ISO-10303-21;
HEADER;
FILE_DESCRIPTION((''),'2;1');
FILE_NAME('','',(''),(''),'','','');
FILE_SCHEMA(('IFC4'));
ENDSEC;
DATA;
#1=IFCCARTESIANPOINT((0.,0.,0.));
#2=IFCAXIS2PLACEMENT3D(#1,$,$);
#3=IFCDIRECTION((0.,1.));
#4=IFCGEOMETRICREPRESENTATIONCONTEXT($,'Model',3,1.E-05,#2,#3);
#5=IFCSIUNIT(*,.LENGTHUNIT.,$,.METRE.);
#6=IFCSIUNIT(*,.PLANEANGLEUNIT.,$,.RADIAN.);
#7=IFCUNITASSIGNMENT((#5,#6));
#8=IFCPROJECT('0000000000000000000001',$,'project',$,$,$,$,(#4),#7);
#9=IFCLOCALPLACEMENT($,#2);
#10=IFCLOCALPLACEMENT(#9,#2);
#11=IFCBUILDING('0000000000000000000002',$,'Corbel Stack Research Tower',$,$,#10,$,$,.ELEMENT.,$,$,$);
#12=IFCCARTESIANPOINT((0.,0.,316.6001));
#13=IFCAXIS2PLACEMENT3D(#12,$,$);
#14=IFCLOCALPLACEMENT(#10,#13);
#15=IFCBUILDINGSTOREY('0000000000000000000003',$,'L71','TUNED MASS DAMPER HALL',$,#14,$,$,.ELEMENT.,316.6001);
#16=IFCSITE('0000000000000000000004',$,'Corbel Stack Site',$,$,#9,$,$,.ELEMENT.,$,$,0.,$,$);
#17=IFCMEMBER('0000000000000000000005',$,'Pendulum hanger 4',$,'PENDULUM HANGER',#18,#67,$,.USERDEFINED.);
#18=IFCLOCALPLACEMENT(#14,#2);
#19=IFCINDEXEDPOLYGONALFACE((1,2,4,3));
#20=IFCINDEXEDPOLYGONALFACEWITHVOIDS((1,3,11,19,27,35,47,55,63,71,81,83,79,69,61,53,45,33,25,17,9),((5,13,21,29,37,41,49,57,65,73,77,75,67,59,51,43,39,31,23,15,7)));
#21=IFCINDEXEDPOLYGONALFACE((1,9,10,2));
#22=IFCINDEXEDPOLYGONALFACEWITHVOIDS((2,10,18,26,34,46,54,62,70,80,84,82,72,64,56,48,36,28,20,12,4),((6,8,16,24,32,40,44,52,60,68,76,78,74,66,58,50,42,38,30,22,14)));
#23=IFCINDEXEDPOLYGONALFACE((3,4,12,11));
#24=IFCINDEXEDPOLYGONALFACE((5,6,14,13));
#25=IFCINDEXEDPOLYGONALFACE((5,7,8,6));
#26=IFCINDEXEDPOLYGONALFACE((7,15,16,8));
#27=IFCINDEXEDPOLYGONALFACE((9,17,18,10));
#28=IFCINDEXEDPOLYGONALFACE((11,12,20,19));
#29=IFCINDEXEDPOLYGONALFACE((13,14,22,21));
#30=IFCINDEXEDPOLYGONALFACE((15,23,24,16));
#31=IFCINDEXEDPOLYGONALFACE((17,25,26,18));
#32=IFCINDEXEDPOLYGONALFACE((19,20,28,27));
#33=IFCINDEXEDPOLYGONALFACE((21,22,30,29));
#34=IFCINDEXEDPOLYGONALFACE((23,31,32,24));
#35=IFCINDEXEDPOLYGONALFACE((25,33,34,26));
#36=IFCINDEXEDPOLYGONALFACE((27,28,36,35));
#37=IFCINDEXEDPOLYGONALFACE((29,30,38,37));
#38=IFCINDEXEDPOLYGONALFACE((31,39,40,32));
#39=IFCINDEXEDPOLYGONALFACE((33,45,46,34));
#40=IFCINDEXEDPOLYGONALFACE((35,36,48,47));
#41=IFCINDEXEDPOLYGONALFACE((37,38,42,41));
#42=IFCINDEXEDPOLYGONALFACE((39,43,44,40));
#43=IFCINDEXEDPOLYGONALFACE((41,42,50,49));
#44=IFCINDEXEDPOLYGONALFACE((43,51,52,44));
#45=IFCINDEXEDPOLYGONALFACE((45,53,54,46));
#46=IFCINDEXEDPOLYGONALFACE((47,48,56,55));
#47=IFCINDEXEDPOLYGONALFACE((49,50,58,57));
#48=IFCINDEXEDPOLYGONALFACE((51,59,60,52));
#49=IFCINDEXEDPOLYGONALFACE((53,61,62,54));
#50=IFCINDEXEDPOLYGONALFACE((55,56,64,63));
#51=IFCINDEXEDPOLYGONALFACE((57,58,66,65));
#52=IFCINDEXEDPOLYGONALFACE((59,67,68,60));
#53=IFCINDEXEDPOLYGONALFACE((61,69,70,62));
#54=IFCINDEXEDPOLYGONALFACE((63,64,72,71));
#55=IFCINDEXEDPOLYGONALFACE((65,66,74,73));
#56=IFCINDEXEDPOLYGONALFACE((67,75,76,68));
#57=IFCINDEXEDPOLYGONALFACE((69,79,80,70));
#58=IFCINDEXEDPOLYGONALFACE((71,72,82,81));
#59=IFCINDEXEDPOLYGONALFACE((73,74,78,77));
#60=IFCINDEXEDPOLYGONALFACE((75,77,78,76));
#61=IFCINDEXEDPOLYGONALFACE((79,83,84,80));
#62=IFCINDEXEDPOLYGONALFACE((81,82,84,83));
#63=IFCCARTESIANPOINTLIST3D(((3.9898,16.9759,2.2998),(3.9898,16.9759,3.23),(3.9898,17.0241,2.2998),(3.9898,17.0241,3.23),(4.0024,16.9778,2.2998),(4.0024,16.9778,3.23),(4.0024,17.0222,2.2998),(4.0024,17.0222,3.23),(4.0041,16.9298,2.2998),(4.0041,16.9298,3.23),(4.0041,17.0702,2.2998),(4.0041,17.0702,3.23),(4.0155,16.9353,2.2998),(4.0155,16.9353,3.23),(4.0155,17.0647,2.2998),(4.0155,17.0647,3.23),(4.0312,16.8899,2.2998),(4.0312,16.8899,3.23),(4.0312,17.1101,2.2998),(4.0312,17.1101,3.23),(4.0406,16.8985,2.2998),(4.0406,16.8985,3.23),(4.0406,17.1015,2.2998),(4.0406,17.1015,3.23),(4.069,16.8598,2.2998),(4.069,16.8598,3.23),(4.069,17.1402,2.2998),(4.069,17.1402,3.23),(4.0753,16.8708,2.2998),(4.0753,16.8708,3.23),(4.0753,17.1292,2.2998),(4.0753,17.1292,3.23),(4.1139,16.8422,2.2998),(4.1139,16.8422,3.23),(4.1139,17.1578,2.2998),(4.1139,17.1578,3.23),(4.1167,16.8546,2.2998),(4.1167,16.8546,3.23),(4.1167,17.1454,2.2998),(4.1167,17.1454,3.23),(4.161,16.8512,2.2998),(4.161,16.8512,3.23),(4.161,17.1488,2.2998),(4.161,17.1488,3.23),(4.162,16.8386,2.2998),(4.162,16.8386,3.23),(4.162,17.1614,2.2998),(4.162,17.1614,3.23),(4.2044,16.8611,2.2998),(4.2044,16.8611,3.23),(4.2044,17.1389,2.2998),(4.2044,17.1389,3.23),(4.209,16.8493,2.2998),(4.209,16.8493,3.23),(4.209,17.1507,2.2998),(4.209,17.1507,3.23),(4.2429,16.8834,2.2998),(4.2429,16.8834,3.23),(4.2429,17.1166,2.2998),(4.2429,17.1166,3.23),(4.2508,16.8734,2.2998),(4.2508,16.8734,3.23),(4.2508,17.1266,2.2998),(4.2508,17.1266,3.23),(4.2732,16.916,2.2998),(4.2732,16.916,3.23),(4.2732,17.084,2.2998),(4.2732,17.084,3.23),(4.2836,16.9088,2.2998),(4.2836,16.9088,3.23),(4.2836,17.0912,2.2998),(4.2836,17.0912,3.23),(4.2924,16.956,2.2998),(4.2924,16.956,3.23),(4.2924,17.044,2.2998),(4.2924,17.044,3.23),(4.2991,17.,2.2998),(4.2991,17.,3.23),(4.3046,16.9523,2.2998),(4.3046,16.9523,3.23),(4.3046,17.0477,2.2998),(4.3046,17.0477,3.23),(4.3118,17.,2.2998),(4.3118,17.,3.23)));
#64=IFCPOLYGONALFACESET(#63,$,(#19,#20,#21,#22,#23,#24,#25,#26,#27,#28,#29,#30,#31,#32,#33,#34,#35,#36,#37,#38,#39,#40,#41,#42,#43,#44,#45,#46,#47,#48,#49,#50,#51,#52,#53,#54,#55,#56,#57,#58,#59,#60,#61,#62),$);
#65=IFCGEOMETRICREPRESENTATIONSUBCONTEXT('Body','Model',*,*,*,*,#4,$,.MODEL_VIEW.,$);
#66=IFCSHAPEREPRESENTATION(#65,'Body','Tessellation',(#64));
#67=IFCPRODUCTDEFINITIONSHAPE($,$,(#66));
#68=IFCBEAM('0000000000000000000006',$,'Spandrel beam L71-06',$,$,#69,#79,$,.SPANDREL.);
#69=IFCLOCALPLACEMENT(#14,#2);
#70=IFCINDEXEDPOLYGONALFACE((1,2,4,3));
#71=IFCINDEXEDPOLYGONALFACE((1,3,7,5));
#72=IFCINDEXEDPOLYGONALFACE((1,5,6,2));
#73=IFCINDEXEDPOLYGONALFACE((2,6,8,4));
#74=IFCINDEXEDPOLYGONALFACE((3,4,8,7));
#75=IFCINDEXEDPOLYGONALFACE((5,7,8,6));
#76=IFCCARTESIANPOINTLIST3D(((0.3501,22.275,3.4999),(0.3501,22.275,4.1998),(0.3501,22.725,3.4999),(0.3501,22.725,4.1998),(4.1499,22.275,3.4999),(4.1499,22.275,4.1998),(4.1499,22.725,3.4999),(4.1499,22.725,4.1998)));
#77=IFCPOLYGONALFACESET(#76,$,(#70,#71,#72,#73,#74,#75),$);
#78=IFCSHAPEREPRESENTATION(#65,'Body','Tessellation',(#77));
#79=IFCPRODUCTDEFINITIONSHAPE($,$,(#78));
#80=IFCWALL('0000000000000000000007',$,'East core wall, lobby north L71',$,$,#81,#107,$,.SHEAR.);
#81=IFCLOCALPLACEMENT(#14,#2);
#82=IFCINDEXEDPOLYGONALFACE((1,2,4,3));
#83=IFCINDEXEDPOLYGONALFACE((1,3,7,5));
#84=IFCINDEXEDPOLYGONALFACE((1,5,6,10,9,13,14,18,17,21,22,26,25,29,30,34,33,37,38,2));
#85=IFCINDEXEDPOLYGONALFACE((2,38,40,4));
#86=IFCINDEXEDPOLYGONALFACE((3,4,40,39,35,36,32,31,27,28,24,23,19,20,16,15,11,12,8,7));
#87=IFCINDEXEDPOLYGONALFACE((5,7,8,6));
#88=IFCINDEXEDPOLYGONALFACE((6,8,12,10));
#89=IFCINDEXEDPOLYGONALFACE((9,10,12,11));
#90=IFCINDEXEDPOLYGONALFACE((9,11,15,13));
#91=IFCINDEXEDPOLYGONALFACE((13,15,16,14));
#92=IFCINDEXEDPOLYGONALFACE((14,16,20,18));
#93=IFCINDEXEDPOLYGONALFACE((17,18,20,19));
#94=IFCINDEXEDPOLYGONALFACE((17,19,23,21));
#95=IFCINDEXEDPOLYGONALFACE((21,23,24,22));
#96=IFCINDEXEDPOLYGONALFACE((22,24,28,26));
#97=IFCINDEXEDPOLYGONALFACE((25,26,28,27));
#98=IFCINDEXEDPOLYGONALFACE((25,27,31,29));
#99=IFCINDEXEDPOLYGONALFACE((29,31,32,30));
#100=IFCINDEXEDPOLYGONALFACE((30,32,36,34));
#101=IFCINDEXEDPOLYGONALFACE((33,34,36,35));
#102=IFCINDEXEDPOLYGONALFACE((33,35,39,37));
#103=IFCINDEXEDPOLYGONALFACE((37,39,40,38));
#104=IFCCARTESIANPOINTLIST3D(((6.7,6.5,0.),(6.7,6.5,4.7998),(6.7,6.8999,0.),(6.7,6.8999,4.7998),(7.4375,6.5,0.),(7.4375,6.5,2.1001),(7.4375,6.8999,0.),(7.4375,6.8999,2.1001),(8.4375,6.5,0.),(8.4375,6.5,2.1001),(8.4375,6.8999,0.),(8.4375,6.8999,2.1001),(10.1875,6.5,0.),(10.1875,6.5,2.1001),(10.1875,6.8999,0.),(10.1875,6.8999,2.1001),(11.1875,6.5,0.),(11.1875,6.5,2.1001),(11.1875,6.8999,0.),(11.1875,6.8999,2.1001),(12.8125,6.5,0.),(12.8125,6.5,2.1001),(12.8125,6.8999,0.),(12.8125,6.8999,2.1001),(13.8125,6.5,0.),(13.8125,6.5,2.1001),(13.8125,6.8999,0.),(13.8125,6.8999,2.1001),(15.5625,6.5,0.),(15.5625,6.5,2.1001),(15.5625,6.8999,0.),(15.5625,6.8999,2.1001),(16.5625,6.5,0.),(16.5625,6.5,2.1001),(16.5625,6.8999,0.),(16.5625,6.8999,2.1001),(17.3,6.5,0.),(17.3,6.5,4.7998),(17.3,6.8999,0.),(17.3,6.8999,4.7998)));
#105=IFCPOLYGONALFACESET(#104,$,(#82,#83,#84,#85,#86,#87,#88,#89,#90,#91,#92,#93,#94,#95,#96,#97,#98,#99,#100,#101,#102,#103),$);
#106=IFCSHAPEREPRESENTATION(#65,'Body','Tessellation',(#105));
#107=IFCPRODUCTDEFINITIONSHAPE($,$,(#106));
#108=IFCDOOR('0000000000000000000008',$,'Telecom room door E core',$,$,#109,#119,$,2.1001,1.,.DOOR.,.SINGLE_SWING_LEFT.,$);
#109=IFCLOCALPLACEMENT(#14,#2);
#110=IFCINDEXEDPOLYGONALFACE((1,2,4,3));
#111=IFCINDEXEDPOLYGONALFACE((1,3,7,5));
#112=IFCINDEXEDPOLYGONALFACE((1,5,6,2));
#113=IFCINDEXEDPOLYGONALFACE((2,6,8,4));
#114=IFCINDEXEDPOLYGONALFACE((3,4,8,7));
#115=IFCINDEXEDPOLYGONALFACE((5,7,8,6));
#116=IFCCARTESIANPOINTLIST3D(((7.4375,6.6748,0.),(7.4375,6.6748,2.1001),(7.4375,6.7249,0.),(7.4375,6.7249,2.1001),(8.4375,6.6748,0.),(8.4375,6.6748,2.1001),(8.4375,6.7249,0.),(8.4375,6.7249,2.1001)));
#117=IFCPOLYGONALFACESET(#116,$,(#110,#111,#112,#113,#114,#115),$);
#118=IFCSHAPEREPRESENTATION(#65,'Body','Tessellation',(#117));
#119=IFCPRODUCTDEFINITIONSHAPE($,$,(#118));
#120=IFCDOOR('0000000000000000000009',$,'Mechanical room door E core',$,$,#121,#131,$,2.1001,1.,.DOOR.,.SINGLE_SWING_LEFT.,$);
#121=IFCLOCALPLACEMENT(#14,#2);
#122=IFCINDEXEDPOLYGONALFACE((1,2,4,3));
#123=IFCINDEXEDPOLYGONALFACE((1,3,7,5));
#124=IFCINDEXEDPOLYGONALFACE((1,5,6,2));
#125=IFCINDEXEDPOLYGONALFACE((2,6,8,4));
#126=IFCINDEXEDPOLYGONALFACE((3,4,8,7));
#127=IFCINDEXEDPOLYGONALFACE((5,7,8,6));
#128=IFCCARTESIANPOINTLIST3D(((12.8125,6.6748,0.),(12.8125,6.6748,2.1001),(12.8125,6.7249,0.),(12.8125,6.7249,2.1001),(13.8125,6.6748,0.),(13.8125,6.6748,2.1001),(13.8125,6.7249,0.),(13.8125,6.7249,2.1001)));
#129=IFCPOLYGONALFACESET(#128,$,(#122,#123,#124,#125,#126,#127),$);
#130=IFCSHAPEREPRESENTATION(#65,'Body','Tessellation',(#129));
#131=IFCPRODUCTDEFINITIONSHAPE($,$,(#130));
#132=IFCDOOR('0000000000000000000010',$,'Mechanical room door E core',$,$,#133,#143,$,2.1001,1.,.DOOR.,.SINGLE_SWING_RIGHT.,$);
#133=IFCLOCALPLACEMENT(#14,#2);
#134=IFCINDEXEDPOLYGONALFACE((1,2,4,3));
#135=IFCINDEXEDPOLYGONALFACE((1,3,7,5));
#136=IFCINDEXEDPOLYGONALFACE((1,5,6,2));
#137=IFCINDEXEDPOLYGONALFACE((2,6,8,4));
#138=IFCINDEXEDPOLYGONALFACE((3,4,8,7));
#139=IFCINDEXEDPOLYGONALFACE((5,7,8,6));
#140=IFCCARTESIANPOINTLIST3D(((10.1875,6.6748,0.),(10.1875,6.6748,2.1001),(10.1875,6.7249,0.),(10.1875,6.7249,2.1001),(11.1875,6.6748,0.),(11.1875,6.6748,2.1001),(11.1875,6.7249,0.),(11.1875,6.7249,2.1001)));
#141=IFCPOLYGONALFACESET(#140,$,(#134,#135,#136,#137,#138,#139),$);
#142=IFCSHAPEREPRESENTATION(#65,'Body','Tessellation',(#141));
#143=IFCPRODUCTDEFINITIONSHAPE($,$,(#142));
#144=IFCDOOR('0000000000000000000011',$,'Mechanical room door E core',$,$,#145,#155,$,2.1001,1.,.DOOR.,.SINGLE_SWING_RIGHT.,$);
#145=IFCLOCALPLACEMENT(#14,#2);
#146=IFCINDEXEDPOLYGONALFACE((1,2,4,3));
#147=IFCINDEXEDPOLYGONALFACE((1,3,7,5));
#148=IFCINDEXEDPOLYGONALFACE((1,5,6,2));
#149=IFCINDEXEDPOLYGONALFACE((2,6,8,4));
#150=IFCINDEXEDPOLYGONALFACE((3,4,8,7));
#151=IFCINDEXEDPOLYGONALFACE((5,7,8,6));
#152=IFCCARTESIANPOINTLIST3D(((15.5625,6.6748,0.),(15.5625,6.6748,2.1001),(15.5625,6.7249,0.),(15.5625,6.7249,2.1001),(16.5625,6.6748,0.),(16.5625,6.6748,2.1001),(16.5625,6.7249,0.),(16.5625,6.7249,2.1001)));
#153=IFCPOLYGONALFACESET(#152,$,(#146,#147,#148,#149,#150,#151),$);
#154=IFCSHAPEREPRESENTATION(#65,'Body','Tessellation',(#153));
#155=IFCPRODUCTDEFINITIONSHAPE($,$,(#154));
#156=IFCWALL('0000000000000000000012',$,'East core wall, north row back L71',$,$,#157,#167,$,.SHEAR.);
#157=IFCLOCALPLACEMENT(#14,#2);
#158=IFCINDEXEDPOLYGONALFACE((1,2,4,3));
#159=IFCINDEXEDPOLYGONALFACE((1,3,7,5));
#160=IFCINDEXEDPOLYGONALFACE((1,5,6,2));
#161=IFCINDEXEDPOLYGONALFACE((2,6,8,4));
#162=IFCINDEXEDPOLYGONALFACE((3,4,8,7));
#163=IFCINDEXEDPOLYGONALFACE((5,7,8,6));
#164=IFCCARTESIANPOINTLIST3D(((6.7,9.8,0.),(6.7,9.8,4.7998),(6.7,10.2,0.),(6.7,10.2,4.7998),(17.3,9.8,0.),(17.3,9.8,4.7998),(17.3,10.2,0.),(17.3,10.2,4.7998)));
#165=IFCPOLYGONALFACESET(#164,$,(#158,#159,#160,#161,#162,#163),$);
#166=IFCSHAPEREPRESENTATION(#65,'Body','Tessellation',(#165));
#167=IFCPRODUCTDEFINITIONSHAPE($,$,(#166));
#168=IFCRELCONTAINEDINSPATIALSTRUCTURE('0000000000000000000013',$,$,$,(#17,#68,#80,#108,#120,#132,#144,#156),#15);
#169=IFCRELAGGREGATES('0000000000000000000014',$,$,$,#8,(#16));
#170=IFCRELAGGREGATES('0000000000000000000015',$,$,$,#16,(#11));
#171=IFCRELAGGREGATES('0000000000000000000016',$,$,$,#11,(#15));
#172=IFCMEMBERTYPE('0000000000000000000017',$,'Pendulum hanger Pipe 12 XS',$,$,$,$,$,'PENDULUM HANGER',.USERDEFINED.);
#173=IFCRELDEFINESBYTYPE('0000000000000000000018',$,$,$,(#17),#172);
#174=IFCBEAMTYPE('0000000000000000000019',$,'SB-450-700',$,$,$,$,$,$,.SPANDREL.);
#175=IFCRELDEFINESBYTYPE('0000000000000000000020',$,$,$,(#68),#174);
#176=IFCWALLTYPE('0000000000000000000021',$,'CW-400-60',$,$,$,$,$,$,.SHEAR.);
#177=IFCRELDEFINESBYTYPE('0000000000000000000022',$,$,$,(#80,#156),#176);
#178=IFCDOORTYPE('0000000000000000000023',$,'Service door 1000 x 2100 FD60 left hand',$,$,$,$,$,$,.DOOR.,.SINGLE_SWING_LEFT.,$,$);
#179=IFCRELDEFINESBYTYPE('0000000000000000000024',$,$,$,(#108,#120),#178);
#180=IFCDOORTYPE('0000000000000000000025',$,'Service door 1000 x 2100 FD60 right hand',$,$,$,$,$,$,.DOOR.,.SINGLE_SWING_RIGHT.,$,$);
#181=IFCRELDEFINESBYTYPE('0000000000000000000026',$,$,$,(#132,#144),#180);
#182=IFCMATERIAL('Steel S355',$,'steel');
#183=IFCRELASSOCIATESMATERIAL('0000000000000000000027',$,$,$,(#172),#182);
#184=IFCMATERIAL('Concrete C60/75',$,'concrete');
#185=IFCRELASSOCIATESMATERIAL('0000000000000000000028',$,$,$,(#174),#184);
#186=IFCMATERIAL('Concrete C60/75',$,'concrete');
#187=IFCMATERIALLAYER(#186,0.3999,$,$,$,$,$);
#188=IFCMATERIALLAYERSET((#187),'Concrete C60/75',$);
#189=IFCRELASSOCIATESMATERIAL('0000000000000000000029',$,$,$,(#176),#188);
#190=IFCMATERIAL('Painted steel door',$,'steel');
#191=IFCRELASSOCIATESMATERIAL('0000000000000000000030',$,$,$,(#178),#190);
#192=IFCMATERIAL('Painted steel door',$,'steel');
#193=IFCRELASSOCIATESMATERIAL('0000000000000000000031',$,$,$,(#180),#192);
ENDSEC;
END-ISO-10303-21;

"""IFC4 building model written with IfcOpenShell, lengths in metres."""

from ifc_helpers import new_model, si_unit, direction, frame, frame_2d, origin, origin_2d, place, context, subcontext, project, spatial, rectangle, hollow_circle, extrude, material, layer, layer_set, material_profile, profile_set, type_object, element, fill, save


model = new_model("IFC4")

# Units and contexts
model_context = context("Model", 3, precision=1e-05, world=origin(), true_north=direction((0.0, 1.0)))
body_context = subcontext(model_context, "Body", "Model", "MODEL_VIEW")
ifc_project = project(units=[si_unit("LENGTHUNIT", "METRE"), si_unit("PLANEANGLEUNIT", "RADIAN")], contexts=[model_context])

# Site, building, storey
site_placement = place(None, origin())
site = spatial("IfcSite", under=ifc_project, at=site_placement, Name="Corbel Stack Site", CompositionType="ELEMENT", RefElevation=0.0)
building_placement = place(site_placement, origin())
building = spatial("IfcBuilding", under=site, at=building_placement, Name="Corbel Stack Research Tower", CompositionType="ELEMENT")
storey_placement = place(building_placement, frame((0.0, 0.0, 316.6001)))
storey = spatial("IfcBuildingStorey", under=building, at=storey_placement, Name="L71", Description="TUNED MASS DAMPER HALL", CompositionType="ELEMENT", Elevation=316.6001)

# Member
ifc_material_1 = material(Name="Steel S355", Category="steel")
ifc_material_profile_1 = material_profile(ifc_material_1, hollow_circle(Radius=0.1619, WallThickness=0.0127, at=origin_2d()), Name="Pipe 12 XS")
ifc_profile_set_1 = profile_set([ifc_material_profile_1], Name="Steel S355")
member_type = type_object("IfcMemberType", Name="Pendulum hanger Pipe 12 XS", ElementType="PENDULUM HANGER", PredefinedType="USERDEFINED", material=ifc_profile_set_1)
for number, where, z_axis, x_axis, name in (
    (1, (4.1499, 17.0, 2.2998), (0.0, 0.0, 1.0), (1.0, 0.0, 0.0), "Pendulum hanger 4"),
):
    element("IfcMember", number, at=place(storey_placement, frame(where, z_axis=z_axis, x_axis=x_axis)), inside=storey, type_object=member_type, Name=name, ObjectType="PENDULUM HANGER", PredefinedType="USERDEFINED", context=body_context, shape_type="SweptSolid", body=[
        extrude(hollow_circle(Radius=0.1619, WallThickness=0.0127, at=origin_2d()), origin(), (0.0, 0.0, 1.0), 0.9302),
    ])

# Beam
ifc_material_2 = material(Name="Concrete C60/75", Category="concrete")
ifc_material_profile_2 = material_profile(ifc_material_2, rectangle(XDim=0.45, YDim=0.7, at=origin_2d()), Name="RC 450 x 700")
ifc_profile_set_2 = profile_set([ifc_material_profile_2], Name="Concrete C60/75")
beam_type_1 = type_object("IfcBeamType", Name="SB-450-700", PredefinedType="SPANDREL", material=ifc_profile_set_2)
beam_placement = place(storey_placement, frame((4.1499, 22.5, 3.8499), z_axis=(-1.0, 0.0, 0.0), x_axis=(0.0, -1.0, 0.0)))
element("IfcBeam", 2, at=beam_placement, inside=storey, type_object=beam_type_1, Name="Spandrel beam L71-06", PredefinedType="SPANDREL", context=body_context, shape_type="SweptSolid", body=[
    extrude(rectangle(XDim=0.45, YDim=0.7, at=origin_2d()), origin(), (0.0, 0.0, 1.0), 3.7998),
])

# Wall, openings, doors
ifc_material_3 = material(Name="Concrete C60/75", Category="concrete")
ifc_layer_1 = layer(ifc_material_3, 0.3999)
ifc_layer_set_1 = layer_set([ifc_layer_1], Name="Concrete C60/75")
wall_type_1 = type_object("IfcWallType", Name="CW-400-60", PredefinedType="SHEAR", material=ifc_layer_set_1)
wall_1_placement = place(storey_placement, frame((6.7, 6.7, 0.0), z_axis=(0.0, 0.0, 1.0), x_axis=(1.0, 0.0, 0.0)))
wall_1 = element("IfcWall", 3, at=wall_1_placement, inside=storey, type_object=wall_type_1, Name="East core wall, lobby north L71", PredefinedType="SHEAR", context=body_context, shape_type="SweptSolid", body=[
    extrude(rectangle(XDim=10.6001, YDim=0.3999, at=frame_2d((5.3, 0.0))), origin(), (0.0, 0.0, 1.0), 4.7998),
])
opening_1_placement = place(wall_1_placement, frame((0.7375, 0.0, 0.0)))
opening_1 = element("IfcOpeningElement", 4, at=opening_1_placement, cuts=wall_1, PredefinedType="OPENING", context=body_context, shape_type="SweptSolid", body=[
    extrude(rectangle(XDim=1.0, YDim=2.1001, at=frame_2d((0.5, 1.05))), frame((0.0, 0.21, 0.0), z_axis=(0.0, -1.0, 0.0), x_axis=(1.0, 0.0, 0.0)), (0.0, 0.0, 1.0), 0.4199),
])
opening_2_placement = place(wall_1_placement, frame((3.4875, 0.0, 0.0)))
opening_2 = element("IfcOpeningElement", 5, at=opening_2_placement, cuts=wall_1, PredefinedType="OPENING", context=body_context, shape_type="SweptSolid", body=[
    extrude(rectangle(XDim=1.0, YDim=2.1001, at=frame_2d((0.5, 1.05))), frame((0.0, 0.21, 0.0), z_axis=(0.0, -1.0, 0.0), x_axis=(1.0, 0.0, 0.0)), (0.0, 0.0, 1.0), 0.4199),
])
opening_3_placement = place(wall_1_placement, frame((6.1125, 0.0, 0.0)))
opening_3 = element("IfcOpeningElement", 6, at=opening_3_placement, cuts=wall_1, PredefinedType="OPENING", context=body_context, shape_type="SweptSolid", body=[
    extrude(rectangle(XDim=1.0, YDim=2.1001, at=frame_2d((0.5, 1.05))), frame((0.0, 0.21, 0.0), z_axis=(0.0, -1.0, 0.0), x_axis=(1.0, 0.0, 0.0)), (0.0, 0.0, 1.0), 0.4199),
])
opening_4_placement = place(wall_1_placement, frame((8.8625, 0.0, 0.0)))
opening_4 = element("IfcOpeningElement", 7, at=opening_4_placement, cuts=wall_1, PredefinedType="OPENING", context=body_context, shape_type="SweptSolid", body=[
    extrude(rectangle(XDim=1.0, YDim=2.1001, at=frame_2d((0.5, 1.05))), frame((0.0, 0.21, 0.0), z_axis=(0.0, -1.0, 0.0), x_axis=(1.0, 0.0, 0.0)), (0.0, 0.0, 1.0), 0.4199),
])
ifc_material_4 = material(Name="Painted steel door", Category="steel")
door_type_1 = type_object("IfcDoorType", Name="Service door 1000 x 2100 FD60 left hand", OperationType="SINGLE_SWING_LEFT", PredefinedType="DOOR", material=ifc_material_4)
door_1_placement = place(opening_1_placement, origin())
door_1 = element("IfcDoor", 8, at=door_1_placement, inside=storey, type_object=door_type_1, Name="Telecom room door E core", OperationType="SINGLE_SWING_LEFT", OverallHeight=2.1001, OverallWidth=1.0, PredefinedType="DOOR", context=body_context, shape_type="SweptSolid", body=[
    extrude(rectangle(XDim=1.0, YDim=2.1001, at=frame_2d((0.5, 1.05))), frame((0.0, 0.0249, 0.0), z_axis=(0.0, -1.0, 0.0), x_axis=(1.0, 0.0, 0.0)), (0.0, 0.0, 1.0), 0.05),
])
fill(opening_1, door_1)
door_2_placement = place(opening_3_placement, origin())
door_2 = element("IfcDoor", 9, at=door_2_placement, inside=storey, type_object=door_type_1, Name="Mechanical room door E core", OperationType="SINGLE_SWING_LEFT", OverallHeight=2.1001, OverallWidth=1.0, PredefinedType="DOOR", context=body_context, shape_type="SweptSolid", body=[
    extrude(rectangle(XDim=1.0, YDim=2.1001, at=frame_2d((0.5, 1.05))), frame((0.0, 0.0249, 0.0), z_axis=(0.0, -1.0, 0.0), x_axis=(1.0, 0.0, 0.0)), (0.0, 0.0, 1.0), 0.05),
])
fill(opening_3, door_2)
ifc_material_5 = material(Name="Painted steel door", Category="steel")
door_type_2 = type_object("IfcDoorType", Name="Service door 1000 x 2100 FD60 right hand", OperationType="SINGLE_SWING_RIGHT", PredefinedType="DOOR", material=ifc_material_5)
door_3_placement = place(opening_2_placement, origin())
door_3 = element("IfcDoor", 10, at=door_3_placement, inside=storey, type_object=door_type_2, Name="Mechanical room door E core", OperationType="SINGLE_SWING_RIGHT", OverallHeight=2.1001, OverallWidth=1.0, PredefinedType="DOOR", context=body_context, shape_type="SweptSolid", body=[
    extrude(rectangle(XDim=1.0, YDim=2.1001, at=frame_2d((0.5, 1.05))), frame((0.0, 0.0249, 0.0), z_axis=(0.0, -1.0, 0.0), x_axis=(1.0, 0.0, 0.0)), (0.0, 0.0, 1.0), 0.05),
])
fill(opening_2, door_3)
door_4_placement = place(opening_4_placement, origin())
door_4 = element("IfcDoor", 11, at=door_4_placement, inside=storey, type_object=door_type_2, Name="Mechanical room door E core", OperationType="SINGLE_SWING_RIGHT", OverallHeight=2.1001, OverallWidth=1.0, PredefinedType="DOOR", context=body_context, shape_type="SweptSolid", body=[
    extrude(rectangle(XDim=1.0, YDim=2.1001, at=frame_2d((0.5, 1.05))), frame((0.0, 0.0249, 0.0), z_axis=(0.0, -1.0, 0.0), x_axis=(1.0, 0.0, 0.0)), (0.0, 0.0, 1.0), 0.05),
])
fill(opening_4, door_4)

# Wall
wall_2_placement = place(storey_placement, frame((6.7, 10.0, 0.0), z_axis=(0.0, 0.0, 1.0), x_axis=(1.0, 0.0, 0.0)))
element("IfcWall", 12, at=wall_2_placement, inside=storey, type_object=wall_type_1, Name="East core wall, north row back L71", PredefinedType="SHEAR", context=body_context, shape_type="SweptSolid", body=[
    extrude(rectangle(XDim=10.6001, YDim=0.3999, at=frame_2d((5.3, 0.0))), origin(), (0.0, 0.0, 1.0), 4.7998),
])

save(model, "model.ifc")
